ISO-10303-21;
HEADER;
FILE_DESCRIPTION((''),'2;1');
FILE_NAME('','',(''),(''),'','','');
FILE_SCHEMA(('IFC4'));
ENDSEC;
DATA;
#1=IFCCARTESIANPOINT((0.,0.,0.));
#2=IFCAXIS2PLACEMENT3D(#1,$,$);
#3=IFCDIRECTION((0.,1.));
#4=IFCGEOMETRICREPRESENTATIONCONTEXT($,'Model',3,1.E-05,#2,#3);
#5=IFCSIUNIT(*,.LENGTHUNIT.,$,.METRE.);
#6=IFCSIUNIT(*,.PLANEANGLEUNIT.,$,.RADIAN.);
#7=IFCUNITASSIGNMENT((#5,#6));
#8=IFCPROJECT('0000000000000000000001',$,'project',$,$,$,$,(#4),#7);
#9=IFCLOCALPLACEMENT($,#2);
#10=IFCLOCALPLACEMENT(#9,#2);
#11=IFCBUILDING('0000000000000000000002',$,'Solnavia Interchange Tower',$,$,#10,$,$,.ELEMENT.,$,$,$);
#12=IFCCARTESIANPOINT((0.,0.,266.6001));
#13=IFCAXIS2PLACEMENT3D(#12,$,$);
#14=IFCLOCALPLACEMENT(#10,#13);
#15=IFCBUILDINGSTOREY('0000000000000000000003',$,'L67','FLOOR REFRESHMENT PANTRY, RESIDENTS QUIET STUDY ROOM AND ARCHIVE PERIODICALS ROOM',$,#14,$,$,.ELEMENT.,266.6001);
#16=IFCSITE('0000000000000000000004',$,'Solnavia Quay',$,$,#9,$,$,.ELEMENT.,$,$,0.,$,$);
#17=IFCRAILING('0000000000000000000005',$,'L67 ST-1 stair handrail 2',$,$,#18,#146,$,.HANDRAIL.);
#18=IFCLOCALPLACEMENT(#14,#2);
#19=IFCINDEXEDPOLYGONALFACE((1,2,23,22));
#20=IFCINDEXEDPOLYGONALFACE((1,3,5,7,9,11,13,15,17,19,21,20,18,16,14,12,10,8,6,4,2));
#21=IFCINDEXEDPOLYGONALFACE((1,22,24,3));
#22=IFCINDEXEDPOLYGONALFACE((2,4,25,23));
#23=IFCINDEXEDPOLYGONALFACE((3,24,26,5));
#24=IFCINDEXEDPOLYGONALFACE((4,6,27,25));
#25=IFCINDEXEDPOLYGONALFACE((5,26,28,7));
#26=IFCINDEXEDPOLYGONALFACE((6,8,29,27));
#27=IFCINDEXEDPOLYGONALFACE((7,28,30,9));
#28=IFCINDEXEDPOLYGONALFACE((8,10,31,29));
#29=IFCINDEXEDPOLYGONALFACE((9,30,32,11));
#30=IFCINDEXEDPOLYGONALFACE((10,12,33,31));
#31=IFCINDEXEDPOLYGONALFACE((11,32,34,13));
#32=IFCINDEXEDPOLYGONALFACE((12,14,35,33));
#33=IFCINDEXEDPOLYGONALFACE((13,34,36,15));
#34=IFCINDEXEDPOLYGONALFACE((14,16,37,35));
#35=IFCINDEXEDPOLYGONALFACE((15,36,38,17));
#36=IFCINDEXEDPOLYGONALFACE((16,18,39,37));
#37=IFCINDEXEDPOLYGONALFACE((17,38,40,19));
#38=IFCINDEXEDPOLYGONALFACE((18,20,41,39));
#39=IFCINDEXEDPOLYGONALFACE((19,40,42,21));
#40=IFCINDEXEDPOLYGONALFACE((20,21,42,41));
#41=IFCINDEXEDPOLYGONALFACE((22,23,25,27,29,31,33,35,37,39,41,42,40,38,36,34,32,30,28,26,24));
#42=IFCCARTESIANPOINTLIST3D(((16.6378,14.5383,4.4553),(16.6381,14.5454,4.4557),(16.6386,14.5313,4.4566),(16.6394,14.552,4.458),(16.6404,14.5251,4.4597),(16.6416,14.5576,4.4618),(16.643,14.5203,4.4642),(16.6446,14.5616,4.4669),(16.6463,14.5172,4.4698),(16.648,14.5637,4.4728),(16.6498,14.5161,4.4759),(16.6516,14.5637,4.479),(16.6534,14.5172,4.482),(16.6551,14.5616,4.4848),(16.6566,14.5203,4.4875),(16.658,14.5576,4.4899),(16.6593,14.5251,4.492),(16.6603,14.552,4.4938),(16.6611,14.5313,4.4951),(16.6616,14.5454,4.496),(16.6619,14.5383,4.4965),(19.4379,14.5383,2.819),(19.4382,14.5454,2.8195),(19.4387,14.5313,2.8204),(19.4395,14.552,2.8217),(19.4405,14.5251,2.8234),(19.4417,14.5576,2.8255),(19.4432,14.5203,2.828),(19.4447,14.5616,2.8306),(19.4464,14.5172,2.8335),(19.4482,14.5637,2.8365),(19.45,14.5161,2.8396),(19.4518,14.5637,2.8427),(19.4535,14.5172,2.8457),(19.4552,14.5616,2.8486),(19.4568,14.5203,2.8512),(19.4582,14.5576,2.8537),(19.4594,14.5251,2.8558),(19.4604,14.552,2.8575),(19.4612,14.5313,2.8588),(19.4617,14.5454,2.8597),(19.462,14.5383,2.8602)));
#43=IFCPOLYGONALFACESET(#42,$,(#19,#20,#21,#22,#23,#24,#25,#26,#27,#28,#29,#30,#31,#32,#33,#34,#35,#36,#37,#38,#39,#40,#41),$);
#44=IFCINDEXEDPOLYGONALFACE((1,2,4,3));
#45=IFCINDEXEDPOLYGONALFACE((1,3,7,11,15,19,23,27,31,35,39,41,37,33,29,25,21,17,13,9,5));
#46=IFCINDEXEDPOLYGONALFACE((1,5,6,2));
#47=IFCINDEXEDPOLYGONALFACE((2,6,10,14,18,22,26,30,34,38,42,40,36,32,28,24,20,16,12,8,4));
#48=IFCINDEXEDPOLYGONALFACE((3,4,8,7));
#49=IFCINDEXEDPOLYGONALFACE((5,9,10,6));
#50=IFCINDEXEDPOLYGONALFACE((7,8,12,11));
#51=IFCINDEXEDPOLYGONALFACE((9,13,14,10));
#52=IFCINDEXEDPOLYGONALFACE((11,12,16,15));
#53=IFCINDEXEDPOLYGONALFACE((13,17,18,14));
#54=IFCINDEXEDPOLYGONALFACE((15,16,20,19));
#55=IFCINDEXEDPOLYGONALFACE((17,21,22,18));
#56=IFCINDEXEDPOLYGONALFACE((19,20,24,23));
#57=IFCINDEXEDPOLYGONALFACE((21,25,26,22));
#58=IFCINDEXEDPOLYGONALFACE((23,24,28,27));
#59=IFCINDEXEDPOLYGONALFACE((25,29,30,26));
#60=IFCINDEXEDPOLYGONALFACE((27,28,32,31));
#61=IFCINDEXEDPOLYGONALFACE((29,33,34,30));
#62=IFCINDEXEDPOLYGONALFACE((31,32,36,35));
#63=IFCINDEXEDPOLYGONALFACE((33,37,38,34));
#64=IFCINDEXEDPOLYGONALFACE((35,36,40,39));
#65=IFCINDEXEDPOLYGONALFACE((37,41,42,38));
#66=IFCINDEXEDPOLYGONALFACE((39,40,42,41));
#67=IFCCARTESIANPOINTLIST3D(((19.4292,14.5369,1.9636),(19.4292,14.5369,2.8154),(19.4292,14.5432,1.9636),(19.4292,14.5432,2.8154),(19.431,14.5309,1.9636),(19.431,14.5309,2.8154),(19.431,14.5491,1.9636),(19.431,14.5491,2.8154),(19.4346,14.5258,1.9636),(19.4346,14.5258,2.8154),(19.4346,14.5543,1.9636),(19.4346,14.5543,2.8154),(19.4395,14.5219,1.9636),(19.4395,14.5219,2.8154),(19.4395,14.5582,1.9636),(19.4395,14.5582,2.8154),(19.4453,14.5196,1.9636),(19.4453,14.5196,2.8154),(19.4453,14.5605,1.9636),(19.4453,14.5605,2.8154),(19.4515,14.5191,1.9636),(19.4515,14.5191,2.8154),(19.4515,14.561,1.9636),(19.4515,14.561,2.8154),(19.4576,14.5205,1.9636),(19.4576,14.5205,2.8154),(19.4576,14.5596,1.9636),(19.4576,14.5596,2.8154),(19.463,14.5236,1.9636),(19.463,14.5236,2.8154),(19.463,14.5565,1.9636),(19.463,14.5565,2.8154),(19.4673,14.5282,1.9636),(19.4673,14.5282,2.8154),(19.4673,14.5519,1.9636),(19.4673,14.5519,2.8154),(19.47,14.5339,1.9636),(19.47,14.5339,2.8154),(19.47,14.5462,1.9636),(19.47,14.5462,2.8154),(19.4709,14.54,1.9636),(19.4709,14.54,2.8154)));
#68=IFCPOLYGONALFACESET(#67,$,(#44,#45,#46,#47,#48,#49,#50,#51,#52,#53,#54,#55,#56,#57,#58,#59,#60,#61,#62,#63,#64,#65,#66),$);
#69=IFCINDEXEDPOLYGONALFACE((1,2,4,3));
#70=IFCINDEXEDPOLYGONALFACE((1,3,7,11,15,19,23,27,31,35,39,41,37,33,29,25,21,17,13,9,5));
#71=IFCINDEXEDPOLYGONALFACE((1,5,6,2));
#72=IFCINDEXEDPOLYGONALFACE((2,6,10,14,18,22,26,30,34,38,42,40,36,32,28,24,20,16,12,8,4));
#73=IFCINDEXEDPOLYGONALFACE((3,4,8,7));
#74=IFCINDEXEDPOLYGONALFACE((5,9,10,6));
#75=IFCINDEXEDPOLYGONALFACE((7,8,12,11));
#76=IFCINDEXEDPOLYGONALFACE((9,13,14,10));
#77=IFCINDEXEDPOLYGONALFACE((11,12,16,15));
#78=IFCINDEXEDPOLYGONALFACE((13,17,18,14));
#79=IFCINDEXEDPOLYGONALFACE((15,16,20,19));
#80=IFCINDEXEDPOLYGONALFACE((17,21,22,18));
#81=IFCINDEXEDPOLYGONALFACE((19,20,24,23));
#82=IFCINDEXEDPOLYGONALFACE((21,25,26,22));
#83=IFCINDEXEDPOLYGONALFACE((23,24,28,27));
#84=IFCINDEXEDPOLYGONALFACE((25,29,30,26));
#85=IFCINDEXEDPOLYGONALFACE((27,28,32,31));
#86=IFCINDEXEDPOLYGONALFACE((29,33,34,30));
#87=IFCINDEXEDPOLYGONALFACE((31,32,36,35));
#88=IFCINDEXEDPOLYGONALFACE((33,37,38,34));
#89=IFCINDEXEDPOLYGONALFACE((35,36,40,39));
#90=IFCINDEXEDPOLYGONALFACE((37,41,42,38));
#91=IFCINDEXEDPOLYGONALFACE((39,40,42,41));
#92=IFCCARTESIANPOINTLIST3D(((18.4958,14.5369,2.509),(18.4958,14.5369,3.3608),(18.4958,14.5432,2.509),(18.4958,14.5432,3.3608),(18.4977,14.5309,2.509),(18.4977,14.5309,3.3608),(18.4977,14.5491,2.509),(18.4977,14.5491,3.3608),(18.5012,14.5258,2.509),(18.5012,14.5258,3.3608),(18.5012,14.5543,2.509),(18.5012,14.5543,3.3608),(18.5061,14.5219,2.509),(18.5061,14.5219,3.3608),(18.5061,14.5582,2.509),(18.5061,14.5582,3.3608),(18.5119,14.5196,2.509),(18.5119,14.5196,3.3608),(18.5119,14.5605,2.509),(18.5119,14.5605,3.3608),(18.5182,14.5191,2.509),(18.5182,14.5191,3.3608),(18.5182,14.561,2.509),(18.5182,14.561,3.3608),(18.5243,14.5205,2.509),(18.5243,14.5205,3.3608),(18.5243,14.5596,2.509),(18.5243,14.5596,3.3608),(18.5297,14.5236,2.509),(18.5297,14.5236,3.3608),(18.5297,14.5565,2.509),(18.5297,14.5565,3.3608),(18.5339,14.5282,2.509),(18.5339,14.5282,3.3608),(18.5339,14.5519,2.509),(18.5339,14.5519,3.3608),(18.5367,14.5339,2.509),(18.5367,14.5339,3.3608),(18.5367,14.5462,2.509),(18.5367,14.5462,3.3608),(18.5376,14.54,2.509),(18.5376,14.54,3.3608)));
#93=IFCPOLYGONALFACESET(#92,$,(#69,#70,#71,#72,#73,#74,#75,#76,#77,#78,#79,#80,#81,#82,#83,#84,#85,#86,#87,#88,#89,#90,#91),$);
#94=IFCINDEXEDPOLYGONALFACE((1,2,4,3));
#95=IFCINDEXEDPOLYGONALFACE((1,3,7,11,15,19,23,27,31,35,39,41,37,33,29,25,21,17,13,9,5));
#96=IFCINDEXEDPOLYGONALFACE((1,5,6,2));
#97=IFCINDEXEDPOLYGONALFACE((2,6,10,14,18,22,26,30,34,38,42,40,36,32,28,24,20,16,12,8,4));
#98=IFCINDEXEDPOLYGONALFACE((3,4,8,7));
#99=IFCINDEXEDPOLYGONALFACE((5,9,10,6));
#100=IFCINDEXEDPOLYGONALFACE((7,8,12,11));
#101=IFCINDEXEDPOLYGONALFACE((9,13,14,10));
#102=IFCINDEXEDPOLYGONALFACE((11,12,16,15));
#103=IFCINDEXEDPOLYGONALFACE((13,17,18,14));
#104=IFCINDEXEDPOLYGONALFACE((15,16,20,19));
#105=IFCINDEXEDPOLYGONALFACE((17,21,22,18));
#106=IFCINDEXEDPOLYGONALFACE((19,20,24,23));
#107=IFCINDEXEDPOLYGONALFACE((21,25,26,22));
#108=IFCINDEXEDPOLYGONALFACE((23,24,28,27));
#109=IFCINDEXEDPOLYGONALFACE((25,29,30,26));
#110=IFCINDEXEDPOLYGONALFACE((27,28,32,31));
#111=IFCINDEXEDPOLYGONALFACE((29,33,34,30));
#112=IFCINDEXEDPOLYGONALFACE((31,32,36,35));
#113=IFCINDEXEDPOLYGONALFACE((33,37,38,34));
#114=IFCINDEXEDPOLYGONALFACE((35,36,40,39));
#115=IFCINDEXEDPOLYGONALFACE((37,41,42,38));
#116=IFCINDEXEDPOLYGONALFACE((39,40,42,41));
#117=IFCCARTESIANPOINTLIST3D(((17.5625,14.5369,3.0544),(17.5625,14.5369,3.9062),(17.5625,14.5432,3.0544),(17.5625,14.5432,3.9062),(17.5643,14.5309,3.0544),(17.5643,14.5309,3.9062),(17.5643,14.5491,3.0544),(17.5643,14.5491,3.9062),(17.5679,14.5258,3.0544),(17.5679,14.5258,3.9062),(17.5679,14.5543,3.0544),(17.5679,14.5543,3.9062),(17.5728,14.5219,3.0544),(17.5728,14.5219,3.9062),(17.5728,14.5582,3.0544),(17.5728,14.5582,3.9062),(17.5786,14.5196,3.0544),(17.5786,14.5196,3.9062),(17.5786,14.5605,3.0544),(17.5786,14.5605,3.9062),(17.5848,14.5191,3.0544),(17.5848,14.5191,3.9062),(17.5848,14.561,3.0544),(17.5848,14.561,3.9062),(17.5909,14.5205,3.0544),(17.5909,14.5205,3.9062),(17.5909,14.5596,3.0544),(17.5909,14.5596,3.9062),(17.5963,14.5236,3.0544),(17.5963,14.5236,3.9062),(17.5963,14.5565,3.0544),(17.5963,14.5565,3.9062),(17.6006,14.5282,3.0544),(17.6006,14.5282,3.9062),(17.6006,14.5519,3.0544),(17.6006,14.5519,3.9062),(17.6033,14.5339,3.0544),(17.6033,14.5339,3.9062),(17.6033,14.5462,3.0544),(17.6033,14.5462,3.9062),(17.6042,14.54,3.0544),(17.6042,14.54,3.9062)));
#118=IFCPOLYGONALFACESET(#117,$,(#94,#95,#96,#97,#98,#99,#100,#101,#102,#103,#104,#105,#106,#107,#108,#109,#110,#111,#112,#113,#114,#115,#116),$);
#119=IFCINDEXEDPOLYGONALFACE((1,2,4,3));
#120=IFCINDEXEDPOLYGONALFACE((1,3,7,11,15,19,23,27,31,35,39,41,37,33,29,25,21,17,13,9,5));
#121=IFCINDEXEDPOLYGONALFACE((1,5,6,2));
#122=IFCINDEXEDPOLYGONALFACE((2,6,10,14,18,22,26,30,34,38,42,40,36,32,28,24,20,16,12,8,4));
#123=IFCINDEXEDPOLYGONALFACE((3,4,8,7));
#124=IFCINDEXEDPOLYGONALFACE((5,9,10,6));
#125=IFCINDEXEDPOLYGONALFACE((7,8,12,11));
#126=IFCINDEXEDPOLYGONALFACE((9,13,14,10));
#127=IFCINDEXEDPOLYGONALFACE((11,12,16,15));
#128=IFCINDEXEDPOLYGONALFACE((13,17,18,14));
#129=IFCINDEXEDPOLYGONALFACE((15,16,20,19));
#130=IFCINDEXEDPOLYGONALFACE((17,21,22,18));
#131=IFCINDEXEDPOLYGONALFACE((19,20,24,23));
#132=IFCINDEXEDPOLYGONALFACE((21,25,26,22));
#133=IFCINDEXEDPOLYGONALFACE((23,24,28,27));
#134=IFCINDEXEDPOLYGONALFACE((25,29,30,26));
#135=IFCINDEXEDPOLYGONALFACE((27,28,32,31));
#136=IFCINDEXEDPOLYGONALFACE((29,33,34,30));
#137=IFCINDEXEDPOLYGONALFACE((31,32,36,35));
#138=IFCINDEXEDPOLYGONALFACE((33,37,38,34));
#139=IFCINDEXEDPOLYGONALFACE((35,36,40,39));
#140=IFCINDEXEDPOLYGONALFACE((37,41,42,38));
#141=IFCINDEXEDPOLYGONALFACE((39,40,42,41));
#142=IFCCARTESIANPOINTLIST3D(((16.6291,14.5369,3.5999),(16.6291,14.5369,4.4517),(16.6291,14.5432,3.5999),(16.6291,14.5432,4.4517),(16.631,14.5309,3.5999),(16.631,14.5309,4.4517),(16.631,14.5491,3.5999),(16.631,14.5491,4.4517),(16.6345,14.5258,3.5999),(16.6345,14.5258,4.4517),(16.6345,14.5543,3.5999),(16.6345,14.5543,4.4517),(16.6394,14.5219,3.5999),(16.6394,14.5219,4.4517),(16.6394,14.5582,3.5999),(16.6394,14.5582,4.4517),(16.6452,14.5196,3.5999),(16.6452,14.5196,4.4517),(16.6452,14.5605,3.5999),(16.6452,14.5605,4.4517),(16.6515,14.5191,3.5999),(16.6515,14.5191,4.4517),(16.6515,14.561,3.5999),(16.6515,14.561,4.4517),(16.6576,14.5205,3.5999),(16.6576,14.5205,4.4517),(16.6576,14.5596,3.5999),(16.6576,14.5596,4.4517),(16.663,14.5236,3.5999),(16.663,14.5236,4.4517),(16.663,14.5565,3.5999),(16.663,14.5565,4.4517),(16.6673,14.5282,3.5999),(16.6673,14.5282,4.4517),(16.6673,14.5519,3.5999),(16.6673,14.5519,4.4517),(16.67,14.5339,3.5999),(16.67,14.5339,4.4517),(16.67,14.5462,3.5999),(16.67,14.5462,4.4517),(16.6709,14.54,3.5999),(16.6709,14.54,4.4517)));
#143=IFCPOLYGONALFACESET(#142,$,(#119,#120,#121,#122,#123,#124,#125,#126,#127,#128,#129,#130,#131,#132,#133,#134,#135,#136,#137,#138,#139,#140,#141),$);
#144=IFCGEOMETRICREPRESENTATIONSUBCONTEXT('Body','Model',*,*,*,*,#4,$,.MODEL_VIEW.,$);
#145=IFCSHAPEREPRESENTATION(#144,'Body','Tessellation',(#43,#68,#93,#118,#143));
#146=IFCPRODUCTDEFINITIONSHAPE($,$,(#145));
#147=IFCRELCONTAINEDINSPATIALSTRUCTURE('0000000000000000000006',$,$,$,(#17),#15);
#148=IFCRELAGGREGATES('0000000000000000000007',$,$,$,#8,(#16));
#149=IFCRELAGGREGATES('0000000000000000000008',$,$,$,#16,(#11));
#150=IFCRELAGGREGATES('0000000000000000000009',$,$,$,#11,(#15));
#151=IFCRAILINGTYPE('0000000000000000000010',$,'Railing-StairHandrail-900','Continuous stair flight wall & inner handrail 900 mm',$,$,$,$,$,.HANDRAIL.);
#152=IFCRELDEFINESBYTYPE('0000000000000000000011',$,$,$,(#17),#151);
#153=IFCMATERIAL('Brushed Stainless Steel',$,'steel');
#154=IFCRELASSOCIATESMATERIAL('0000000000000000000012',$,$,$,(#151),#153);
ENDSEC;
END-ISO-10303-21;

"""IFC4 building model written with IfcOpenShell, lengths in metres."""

from ifc_helpers import new_model, si_unit, direction, frame, origin, origin_2d, place, context, subcontext, project, spatial, circle, extrude, material, type_object, element, save


model = new_model("IFC4")

# Units and contexts
model_context = context("Model", 3, precision=1e-05, world=origin(), true_north=direction((0.0, 1.0)))
body_context = subcontext(model_context, "Body", "Model", "MODEL_VIEW")
ifc_project = project(units=[si_unit("LENGTHUNIT", "METRE"), si_unit("PLANEANGLEUNIT", "RADIAN")], contexts=[model_context])

# Site, building, storey
site_placement = place(None, origin())
site = spatial("IfcSite", under=ifc_project, at=site_placement, Name="Solnavia Quay", CompositionType="ELEMENT", RefElevation=0.0)
building_placement = place(site_placement, origin())
building = spatial("IfcBuilding", under=site, at=building_placement, Name="Solnavia Interchange Tower", CompositionType="ELEMENT")
storey_placement = place(building_placement, frame((0.0, 0.0, 266.6001)))
storey = spatial("IfcBuildingStorey", under=building, at=storey_placement, Name="L67", Description="FLOOR REFRESHMENT PANTRY, RESIDENTS QUIET STUDY ROOM AND ARCHIVE PERIODICALS ROOM", CompositionType="ELEMENT", Elevation=266.6001)

# Railing
ifc_material_1 = material(Name="Brushed Stainless Steel", Category="steel")
railing_type_1 = type_object("IfcRailingType", Name="Railing-StairHandrail-900", Description="Continuous stair flight wall & inner handrail 900 mm", PredefinedType="HANDRAIL", material=ifc_material_1)
railing_1_placement = place(storey_placement, frame((19.45, 14.54, 1.9636)))
element("IfcRailing", 1, at=railing_1_placement, inside=storey, type_object=railing_type_1, Name="L67 ST-1 stair handrail 2", PredefinedType="HANDRAIL", context=body_context, shape_type="SweptSolid", body=[
    extrude(circle(Radius=0.0239, at=origin_2d()), frame((0.0, 0.0, 0.876), z_axis=(-0.863394, 0.0, 0.504531), x_axis=(0.0, -1.0, 0.0)), (0.0, 0.0, 1.0), 3.2432),
    extrude(circle(Radius=0.021, at=origin_2d()), origin(), (0.0, 0.0, 1.0), 0.8518),
    extrude(circle(Radius=0.021, at=origin_2d()), frame((-0.9333, 0.0, 0.5454)), (0.0, 0.0, 1.0), 0.8518),
    extrude(circle(Radius=0.021, at=origin_2d()), frame((-1.8667, 0.0, 1.0908)), (0.0, 0.0, 1.0), 0.8518),
    extrude(circle(Radius=0.021, at=origin_2d()), frame((-2.8, 0.0, 1.6362)), (0.0, 0.0, 1.0), 0.8518),
])

save(model, "model.ifc")
